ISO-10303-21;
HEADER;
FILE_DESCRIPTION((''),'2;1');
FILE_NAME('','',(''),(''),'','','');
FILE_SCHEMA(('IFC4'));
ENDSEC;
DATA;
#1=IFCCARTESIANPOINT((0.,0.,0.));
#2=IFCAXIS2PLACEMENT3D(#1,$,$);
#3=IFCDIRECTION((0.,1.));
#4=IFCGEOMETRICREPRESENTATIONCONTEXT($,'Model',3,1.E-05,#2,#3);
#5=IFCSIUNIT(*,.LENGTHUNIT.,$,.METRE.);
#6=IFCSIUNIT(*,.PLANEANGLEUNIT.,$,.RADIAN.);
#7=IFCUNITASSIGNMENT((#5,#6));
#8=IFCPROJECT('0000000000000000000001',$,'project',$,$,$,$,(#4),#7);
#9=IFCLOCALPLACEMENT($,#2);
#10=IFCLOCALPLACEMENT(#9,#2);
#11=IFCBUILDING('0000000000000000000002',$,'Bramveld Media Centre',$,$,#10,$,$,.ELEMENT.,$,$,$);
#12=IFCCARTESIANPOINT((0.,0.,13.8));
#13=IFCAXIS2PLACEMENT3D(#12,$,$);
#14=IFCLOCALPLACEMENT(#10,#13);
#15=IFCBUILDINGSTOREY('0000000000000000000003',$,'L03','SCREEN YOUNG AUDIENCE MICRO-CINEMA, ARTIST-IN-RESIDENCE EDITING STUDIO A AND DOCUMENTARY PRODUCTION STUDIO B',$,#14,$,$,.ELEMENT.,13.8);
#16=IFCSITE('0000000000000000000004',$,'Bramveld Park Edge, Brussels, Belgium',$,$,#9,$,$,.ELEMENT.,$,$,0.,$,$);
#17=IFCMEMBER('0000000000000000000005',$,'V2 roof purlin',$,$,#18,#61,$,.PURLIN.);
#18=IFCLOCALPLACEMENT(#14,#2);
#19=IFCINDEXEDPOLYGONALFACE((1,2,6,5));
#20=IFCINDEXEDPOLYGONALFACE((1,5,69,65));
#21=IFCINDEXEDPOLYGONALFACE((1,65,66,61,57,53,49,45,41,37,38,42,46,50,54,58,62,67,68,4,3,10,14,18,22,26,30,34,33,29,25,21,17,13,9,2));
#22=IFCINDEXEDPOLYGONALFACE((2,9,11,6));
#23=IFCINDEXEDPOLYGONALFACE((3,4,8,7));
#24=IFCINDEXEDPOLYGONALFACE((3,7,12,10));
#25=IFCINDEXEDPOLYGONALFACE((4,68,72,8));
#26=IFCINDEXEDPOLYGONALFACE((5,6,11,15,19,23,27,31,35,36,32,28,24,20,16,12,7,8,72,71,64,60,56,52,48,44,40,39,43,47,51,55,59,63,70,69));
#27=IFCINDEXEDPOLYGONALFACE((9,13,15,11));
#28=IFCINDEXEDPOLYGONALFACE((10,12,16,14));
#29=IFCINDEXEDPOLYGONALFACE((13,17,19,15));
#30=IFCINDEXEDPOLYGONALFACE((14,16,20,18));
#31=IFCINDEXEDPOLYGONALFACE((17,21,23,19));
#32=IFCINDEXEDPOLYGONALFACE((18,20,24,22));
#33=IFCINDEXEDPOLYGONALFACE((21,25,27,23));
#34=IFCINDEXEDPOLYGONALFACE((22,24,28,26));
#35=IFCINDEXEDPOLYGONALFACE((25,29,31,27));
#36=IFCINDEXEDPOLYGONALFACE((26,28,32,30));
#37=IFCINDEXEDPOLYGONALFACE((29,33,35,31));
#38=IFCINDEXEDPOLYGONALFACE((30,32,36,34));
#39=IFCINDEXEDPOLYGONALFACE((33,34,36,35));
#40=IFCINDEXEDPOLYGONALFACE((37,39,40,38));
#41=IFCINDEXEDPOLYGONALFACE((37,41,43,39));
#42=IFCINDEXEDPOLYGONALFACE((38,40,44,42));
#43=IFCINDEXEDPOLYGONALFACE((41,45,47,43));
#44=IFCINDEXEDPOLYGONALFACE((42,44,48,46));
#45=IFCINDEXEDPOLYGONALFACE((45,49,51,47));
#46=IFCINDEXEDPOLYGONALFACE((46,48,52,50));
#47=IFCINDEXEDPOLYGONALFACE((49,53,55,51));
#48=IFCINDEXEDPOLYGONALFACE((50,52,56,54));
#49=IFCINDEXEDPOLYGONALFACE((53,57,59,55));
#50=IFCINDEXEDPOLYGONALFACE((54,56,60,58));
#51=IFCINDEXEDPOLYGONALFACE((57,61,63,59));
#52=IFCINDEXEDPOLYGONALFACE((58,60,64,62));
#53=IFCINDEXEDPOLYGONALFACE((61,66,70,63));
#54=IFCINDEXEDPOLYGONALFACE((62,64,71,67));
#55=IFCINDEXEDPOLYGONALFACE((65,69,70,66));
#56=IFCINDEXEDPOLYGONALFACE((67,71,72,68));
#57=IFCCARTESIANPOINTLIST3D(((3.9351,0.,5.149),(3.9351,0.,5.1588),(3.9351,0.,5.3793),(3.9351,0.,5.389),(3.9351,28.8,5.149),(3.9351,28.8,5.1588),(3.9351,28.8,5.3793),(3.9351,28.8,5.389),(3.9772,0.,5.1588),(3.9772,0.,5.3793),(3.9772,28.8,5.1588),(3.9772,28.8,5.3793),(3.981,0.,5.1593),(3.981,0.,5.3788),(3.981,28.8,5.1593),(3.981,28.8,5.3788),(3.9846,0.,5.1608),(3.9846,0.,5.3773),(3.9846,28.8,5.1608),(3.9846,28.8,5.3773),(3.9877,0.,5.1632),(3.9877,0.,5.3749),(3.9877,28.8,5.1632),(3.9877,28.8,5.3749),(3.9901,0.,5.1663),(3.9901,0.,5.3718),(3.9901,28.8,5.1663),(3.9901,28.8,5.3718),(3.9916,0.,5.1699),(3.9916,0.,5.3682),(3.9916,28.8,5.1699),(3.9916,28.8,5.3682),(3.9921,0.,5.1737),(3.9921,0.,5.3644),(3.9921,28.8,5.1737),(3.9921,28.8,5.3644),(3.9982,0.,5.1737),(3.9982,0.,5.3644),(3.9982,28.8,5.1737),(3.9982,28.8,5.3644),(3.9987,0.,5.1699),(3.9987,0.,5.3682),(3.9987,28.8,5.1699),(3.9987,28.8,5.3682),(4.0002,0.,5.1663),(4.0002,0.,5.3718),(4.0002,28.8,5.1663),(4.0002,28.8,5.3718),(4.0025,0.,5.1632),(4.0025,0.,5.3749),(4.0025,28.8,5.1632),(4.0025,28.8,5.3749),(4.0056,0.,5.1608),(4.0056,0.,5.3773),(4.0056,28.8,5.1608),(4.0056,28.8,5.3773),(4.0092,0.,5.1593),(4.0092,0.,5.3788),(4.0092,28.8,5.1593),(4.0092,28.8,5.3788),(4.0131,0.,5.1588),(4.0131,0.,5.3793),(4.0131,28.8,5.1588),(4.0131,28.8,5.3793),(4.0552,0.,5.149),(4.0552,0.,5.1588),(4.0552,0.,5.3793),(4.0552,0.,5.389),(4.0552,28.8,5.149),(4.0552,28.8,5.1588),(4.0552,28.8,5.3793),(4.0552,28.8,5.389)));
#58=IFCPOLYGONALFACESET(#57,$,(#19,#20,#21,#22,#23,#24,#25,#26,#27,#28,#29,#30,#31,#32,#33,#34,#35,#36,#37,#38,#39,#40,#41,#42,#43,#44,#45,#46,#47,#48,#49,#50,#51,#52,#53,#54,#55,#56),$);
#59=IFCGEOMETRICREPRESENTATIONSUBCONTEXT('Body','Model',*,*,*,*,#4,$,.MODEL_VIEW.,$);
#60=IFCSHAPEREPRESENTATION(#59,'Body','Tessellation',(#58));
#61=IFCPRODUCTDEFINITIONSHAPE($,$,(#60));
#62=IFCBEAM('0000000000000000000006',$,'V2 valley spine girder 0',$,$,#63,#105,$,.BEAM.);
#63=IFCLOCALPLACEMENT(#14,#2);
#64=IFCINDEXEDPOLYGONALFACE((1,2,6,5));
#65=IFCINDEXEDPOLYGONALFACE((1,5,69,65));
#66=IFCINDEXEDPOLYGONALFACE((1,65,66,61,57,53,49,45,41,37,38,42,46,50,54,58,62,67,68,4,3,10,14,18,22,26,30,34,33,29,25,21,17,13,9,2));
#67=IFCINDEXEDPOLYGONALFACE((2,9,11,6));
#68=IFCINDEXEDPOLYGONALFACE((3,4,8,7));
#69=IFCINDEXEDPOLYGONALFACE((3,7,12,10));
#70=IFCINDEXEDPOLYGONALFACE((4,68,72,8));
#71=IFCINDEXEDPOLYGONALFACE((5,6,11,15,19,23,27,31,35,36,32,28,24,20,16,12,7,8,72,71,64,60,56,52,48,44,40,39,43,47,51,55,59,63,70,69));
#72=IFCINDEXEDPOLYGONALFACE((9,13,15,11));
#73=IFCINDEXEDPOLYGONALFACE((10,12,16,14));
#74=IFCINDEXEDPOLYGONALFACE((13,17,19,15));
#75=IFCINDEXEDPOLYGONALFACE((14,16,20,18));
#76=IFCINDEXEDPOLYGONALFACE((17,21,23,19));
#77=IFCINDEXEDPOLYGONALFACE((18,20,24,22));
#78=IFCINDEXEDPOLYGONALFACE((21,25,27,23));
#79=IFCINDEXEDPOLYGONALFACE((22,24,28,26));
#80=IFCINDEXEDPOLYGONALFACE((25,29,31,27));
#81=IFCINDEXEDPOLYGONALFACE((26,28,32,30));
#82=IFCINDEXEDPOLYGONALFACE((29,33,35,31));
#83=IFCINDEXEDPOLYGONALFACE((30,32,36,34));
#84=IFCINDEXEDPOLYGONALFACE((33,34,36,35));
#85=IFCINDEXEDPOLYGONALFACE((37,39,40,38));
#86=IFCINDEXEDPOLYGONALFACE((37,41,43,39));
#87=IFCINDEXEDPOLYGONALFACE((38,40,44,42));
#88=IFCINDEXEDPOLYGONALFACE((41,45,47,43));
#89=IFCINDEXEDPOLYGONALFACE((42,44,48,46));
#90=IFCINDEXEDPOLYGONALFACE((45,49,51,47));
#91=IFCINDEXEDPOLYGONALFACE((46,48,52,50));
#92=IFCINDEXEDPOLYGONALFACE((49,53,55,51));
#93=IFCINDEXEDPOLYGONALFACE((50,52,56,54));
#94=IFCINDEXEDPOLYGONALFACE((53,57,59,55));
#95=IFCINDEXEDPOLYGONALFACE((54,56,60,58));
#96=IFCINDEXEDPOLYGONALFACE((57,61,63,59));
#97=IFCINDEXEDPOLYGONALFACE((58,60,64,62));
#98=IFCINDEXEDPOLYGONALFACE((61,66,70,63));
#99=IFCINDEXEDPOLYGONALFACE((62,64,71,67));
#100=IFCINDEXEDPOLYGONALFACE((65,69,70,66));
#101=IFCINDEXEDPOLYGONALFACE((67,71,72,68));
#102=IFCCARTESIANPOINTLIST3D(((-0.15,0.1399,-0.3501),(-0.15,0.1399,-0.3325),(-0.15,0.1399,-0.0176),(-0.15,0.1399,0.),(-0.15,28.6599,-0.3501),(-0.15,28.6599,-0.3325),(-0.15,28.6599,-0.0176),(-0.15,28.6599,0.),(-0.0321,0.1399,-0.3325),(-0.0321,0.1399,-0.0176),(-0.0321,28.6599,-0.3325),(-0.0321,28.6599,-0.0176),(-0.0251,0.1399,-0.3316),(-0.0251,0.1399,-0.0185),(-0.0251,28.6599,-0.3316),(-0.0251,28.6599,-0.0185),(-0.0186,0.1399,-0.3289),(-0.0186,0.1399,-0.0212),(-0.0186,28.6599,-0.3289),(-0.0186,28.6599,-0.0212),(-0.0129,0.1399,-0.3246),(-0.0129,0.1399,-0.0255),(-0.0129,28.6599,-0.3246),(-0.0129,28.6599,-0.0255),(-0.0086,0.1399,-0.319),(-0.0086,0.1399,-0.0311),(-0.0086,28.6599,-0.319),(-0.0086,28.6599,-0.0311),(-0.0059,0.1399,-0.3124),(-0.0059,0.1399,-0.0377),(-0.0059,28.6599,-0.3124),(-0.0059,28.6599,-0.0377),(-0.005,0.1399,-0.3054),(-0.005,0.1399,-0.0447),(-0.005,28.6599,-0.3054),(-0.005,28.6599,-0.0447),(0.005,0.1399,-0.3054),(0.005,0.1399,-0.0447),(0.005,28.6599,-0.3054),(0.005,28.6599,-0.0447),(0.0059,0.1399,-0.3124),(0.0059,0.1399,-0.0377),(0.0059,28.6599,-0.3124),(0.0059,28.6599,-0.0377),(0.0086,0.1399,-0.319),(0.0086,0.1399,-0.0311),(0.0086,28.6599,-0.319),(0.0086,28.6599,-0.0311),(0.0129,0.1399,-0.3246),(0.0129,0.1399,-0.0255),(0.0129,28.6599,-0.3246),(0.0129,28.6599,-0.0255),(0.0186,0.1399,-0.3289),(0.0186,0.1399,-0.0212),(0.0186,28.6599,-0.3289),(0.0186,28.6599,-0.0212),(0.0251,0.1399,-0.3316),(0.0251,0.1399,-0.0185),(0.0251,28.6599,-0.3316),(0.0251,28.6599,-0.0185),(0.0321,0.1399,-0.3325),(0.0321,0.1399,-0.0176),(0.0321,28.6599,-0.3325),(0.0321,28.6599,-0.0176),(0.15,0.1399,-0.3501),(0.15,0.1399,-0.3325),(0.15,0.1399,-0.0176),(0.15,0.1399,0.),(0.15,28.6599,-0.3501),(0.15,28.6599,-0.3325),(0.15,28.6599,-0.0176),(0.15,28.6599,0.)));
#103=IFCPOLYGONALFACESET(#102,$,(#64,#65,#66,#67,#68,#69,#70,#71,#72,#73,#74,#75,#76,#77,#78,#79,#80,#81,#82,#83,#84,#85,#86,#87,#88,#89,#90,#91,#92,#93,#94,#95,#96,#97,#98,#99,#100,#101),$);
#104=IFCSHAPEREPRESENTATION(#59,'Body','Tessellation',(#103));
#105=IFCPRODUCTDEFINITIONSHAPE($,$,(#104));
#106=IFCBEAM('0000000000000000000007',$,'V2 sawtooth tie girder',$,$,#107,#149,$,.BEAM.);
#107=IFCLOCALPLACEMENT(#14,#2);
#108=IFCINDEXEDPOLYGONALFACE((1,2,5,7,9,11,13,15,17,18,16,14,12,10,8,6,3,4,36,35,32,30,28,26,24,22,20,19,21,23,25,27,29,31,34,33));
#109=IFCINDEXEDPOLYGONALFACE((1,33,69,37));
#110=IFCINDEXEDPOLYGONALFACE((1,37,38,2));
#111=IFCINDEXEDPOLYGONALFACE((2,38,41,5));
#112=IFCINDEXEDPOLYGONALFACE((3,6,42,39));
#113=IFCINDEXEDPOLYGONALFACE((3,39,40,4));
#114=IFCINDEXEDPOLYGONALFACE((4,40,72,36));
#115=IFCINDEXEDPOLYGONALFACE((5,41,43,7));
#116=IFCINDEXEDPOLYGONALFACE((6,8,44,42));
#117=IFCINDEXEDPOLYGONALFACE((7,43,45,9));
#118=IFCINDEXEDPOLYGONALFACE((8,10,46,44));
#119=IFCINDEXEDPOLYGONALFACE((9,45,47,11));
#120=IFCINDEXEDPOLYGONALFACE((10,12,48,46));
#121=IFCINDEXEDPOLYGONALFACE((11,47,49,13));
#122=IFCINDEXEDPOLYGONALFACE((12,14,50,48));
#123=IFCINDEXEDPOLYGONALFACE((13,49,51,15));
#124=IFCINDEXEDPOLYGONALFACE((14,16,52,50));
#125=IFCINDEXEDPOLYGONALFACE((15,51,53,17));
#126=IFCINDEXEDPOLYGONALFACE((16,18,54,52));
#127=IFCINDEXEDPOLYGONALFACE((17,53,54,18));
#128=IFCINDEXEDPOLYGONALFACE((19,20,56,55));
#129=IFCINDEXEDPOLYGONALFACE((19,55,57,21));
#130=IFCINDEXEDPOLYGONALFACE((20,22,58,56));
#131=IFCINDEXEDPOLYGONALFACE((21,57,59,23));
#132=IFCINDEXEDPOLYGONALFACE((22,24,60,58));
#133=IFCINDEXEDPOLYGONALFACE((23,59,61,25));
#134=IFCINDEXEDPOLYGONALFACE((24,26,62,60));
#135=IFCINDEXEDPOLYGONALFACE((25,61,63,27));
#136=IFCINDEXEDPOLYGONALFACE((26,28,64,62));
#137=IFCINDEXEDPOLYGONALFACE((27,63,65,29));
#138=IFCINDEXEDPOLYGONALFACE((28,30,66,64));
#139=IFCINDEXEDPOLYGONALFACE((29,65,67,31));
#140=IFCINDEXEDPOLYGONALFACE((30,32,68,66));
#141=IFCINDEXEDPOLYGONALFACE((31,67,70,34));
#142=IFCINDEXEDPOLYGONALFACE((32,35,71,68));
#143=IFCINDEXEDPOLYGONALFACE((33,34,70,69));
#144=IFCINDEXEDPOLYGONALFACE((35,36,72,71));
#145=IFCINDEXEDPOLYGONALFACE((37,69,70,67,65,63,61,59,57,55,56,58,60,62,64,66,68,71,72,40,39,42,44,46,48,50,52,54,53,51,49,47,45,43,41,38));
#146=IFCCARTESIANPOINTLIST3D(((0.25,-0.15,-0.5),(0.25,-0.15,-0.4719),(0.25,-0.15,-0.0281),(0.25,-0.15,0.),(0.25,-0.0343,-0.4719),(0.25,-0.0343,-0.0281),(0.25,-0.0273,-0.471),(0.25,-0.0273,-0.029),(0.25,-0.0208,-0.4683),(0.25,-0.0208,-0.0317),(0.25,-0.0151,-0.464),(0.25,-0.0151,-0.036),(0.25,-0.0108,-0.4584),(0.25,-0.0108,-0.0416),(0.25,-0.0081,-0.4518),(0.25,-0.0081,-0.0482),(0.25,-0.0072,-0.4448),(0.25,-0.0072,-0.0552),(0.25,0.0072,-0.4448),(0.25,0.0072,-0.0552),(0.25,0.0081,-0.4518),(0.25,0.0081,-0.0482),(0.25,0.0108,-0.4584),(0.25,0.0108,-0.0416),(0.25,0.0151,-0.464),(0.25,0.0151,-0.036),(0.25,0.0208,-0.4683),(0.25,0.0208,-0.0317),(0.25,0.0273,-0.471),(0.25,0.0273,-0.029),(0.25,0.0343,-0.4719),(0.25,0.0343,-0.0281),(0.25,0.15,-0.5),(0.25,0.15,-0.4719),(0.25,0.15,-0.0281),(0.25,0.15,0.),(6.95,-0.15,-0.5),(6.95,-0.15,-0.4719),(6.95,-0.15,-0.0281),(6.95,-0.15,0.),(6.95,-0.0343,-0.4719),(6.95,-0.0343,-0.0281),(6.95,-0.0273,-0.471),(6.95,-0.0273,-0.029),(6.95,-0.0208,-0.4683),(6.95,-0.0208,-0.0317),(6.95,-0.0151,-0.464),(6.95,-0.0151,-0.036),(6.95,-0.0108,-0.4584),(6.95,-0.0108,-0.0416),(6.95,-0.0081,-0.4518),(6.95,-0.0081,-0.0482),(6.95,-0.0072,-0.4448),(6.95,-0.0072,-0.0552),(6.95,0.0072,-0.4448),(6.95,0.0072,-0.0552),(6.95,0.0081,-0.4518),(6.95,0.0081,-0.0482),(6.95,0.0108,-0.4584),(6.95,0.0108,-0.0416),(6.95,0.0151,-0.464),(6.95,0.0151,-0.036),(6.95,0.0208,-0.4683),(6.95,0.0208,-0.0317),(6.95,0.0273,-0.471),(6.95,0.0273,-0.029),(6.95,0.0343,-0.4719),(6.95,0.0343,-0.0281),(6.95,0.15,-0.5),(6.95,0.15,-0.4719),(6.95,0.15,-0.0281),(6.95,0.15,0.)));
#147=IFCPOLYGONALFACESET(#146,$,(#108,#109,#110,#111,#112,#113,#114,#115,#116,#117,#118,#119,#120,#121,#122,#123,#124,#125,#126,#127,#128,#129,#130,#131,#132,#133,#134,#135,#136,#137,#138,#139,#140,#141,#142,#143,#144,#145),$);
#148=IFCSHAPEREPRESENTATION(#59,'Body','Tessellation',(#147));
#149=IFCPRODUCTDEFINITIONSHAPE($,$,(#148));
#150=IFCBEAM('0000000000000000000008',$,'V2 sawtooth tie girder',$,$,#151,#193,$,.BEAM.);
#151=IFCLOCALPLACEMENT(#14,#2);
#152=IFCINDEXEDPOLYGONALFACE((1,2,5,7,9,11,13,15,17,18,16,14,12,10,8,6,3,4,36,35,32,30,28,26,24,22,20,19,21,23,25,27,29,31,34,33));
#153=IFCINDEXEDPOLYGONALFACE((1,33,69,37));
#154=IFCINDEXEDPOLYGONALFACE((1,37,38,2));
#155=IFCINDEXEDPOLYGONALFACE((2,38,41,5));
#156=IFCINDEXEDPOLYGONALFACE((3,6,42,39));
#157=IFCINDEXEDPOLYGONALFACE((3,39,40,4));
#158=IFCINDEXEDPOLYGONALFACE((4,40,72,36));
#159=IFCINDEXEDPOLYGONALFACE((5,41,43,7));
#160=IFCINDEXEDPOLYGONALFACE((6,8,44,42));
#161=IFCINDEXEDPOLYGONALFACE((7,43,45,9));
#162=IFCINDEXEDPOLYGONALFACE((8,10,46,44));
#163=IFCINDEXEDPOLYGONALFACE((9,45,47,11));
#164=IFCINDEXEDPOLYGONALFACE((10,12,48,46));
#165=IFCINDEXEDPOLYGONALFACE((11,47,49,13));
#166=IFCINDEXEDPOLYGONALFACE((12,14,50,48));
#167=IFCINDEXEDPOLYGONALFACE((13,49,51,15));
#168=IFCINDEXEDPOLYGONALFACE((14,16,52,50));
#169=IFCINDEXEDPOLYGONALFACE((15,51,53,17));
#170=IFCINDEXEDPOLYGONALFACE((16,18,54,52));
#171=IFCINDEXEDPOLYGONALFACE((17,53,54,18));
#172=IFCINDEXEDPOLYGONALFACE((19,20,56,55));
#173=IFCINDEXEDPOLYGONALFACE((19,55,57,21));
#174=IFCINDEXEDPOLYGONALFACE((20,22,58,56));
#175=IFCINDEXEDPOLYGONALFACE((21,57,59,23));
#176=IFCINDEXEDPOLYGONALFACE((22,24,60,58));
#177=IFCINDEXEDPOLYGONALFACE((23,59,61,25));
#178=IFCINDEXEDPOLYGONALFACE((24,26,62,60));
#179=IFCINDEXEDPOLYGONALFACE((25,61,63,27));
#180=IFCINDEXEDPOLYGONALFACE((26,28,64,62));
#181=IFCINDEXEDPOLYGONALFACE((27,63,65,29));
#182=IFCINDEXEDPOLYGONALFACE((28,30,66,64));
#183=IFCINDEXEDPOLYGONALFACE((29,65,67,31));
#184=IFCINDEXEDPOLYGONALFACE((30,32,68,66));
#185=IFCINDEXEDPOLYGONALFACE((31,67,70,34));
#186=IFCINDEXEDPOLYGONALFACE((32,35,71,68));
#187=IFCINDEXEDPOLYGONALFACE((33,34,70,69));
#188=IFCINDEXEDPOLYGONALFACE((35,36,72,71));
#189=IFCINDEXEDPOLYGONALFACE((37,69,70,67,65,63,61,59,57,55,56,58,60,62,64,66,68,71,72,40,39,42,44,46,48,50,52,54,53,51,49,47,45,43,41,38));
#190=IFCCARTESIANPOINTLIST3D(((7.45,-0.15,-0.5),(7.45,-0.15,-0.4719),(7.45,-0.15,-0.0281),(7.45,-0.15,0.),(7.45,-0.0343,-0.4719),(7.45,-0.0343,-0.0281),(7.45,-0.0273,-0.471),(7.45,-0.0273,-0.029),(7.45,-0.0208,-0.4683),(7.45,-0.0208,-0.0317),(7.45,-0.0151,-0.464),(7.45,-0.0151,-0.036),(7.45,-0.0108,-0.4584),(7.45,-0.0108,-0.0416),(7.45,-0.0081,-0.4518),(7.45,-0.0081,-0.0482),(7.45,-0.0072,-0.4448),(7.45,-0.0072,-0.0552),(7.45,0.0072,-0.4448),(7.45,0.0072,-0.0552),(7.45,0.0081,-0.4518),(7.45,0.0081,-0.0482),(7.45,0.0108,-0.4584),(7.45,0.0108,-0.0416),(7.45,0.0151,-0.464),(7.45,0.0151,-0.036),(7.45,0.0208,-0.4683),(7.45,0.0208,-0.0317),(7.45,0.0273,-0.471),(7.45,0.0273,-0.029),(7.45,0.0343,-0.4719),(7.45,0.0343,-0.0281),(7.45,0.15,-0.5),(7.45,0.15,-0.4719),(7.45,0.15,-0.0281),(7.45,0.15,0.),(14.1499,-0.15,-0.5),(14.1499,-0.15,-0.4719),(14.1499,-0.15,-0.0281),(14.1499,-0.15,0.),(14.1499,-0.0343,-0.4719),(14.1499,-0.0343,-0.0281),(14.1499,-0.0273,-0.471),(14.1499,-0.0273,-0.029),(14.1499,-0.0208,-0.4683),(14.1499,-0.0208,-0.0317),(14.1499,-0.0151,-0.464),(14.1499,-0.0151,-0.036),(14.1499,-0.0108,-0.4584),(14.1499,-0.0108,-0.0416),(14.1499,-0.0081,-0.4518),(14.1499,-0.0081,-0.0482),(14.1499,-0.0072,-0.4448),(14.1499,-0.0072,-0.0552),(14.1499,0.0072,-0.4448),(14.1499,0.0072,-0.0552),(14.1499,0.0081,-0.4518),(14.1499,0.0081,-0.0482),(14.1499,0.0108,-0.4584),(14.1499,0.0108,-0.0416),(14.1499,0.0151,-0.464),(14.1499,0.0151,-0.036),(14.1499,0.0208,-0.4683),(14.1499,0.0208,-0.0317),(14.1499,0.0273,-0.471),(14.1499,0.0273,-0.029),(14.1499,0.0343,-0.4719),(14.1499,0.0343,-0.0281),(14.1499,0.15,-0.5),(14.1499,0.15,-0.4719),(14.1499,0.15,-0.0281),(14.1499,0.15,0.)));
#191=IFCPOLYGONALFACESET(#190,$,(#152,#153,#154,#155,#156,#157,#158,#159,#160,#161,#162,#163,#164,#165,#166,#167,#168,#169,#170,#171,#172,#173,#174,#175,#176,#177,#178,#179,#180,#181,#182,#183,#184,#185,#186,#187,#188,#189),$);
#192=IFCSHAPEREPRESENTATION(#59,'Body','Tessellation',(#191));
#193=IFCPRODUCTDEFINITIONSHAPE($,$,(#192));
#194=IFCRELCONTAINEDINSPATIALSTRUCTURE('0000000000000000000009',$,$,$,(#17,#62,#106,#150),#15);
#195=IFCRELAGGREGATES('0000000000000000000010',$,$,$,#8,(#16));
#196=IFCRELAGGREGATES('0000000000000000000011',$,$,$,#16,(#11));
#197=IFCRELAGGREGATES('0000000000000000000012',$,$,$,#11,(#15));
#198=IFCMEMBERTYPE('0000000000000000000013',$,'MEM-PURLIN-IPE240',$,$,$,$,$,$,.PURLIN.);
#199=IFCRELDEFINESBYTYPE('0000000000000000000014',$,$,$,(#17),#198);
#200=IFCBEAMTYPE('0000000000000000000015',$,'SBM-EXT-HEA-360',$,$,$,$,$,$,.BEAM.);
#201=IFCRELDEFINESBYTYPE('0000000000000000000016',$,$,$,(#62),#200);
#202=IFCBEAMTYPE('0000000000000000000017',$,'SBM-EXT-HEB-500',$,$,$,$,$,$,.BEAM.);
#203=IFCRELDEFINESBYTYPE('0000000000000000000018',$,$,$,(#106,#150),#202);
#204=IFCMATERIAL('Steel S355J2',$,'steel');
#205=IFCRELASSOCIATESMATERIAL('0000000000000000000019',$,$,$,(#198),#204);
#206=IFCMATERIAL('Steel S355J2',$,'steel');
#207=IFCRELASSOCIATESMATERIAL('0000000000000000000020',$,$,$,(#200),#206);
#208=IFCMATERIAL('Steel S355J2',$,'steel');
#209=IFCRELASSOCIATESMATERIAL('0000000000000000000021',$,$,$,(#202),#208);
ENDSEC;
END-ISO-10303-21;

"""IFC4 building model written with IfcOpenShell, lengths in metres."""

from ifc_helpers import new_model, si_unit, direction, frame, origin, origin_2d, place, context, subcontext, project, spatial, i_section, extrude, material, material_profile, profile_set, type_object, element, save


model = new_model("IFC4")

# Units and contexts
model_context = context("Model", 3, precision=1e-05, world=origin(), true_north=direction((0.0, 1.0)))
body_context = subcontext(model_context, "Body", "Model", "MODEL_VIEW")
ifc_project = project(units=[si_unit("LENGTHUNIT", "METRE"), si_unit("PLANEANGLEUNIT", "RADIAN")], contexts=[model_context])

# Site, building, storey
site_placement = place(None, origin())
site = spatial("IfcSite", under=ifc_project, at=site_placement, Name="Bramveld Park Edge, Brussels, Belgium", CompositionType="ELEMENT", RefElevation=0.0)
building_placement = place(site_placement, origin())
building = spatial("IfcBuilding", under=site, at=building_placement, Name="Bramveld Media Centre", CompositionType="ELEMENT")
storey_placement = place(building_placement, frame((0.0, 0.0, 13.8)))
storey = spatial("IfcBuildingStorey", under=building, at=storey_placement, Name="L03", Description="SCREEN YOUNG AUDIENCE MICRO-CINEMA, ARTIST-IN-RESIDENCE EDITING STUDIO A AND DOCUMENTARY PRODUCTION STUDIO B", CompositionType="ELEMENT", Elevation=13.8)

# Member
ifc_material_1 = material(Name="Steel S355J2", Category="steel")
ifc_material_profile_1 = material_profile(ifc_material_1, i_section(OverallWidth=0.1201, OverallDepth=0.24, WebThickness=0.0061, FlangeThickness=0.0098, FilletRadius=0.0149, at=origin_2d()), Name="IPE 240")
ifc_profile_set_1 = profile_set([ifc_material_profile_1], Name="Steel S355J2")
member_type_1 = type_object("IfcMemberType", Name="MEM-PURLIN-IPE240", PredefinedType="PURLIN", material=ifc_profile_set_1)
member_1_placement = place(storey_placement, frame((3.9951, 0.0, 5.269), z_axis=(0.0, 1.0, 0.0), x_axis=(-1.0, 0.0, 0.0)))
element("IfcMember", 1, at=member_1_placement, inside=storey, type_object=member_type_1, Name="V2 roof purlin", PredefinedType="PURLIN", context=body_context, shape_type="SweptSolid", body=[
    extrude(i_section(OverallWidth=0.1201, OverallDepth=0.24, WebThickness=0.0061, FlangeThickness=0.0098, FilletRadius=0.0149, at=origin_2d()), origin(), (0.0, 0.0, 1.0), 28.8),
])

# Beams
ifc_material_2 = material(Name="Steel S355J2", Category="steel")
ifc_material_profile_2 = material_profile(ifc_material_2, i_section(OverallWidth=0.3, OverallDepth=0.3501, WebThickness=0.01, FlangeThickness=0.0176, FilletRadius=0.0271, at=origin_2d()), Name="HEA 360")
ifc_profile_set_2 = profile_set([ifc_material_profile_2], Name="Steel S355J2")
beam_type_1 = type_object("IfcBeamType", Name="SBM-EXT-HEA-360", PredefinedType="BEAM", material=ifc_profile_set_2)
beam_1_placement = place(storey_placement, frame((0.0, 0.1399, -0.175), z_axis=(0.0, 1.0, 0.0), x_axis=(-1.0, 0.0, 0.0)))
element("IfcBeam", 2, at=beam_1_placement, inside=storey, type_object=beam_type_1, Name="V2 valley spine girder 0", PredefinedType="BEAM", context=body_context, shape_type="SweptSolid", body=[
    extrude(i_section(OverallWidth=0.3, OverallDepth=0.3501, WebThickness=0.01, FlangeThickness=0.0176, FilletRadius=0.0271, at=origin_2d()), origin(), (0.0, 0.0, 1.0), 28.52),
])
ifc_material_3 = material(Name="Steel S355J2", Category="steel")
ifc_material_profile_3 = material_profile(ifc_material_3, i_section(OverallWidth=0.3, OverallDepth=0.5, WebThickness=0.0144, FlangeThickness=0.0281, FilletRadius=0.0271, at=origin_2d()), Name="HEB 500")
ifc_profile_set_3 = profile_set([ifc_material_profile_3], Name="Steel S355J2")
beam_type_2 = type_object("IfcBeamType", Name="SBM-EXT-HEB-500", PredefinedType="BEAM", material=ifc_profile_set_3)
for number, where, z_axis, x_axis, name in (
    (3, (0.25, 0.0, -0.25), (1.0, 0.0, 0.0), (0.0, 1.0, 0.0), "V2 sawtooth tie girder"),
    (4, (7.45, 0.0, -0.25), (1.0, 0.0, 0.0), (0.0, 1.0, 0.0), "V2 sawtooth tie girder"),
):
    element("IfcBeam", number, at=place(storey_placement, frame(where, z_axis=z_axis, x_axis=x_axis)), inside=storey, type_object=beam_type_2, Name=name, PredefinedType="BEAM", context=body_context, shape_type="SweptSolid", body=[
        extrude(i_section(OverallWidth=0.3, OverallDepth=0.5, WebThickness=0.0144, FlangeThickness=0.0281, FilletRadius=0.0271, at=origin_2d()), origin(), (0.0, 0.0, 1.0), 6.7),
    ])

save(model, "model.ifc")
